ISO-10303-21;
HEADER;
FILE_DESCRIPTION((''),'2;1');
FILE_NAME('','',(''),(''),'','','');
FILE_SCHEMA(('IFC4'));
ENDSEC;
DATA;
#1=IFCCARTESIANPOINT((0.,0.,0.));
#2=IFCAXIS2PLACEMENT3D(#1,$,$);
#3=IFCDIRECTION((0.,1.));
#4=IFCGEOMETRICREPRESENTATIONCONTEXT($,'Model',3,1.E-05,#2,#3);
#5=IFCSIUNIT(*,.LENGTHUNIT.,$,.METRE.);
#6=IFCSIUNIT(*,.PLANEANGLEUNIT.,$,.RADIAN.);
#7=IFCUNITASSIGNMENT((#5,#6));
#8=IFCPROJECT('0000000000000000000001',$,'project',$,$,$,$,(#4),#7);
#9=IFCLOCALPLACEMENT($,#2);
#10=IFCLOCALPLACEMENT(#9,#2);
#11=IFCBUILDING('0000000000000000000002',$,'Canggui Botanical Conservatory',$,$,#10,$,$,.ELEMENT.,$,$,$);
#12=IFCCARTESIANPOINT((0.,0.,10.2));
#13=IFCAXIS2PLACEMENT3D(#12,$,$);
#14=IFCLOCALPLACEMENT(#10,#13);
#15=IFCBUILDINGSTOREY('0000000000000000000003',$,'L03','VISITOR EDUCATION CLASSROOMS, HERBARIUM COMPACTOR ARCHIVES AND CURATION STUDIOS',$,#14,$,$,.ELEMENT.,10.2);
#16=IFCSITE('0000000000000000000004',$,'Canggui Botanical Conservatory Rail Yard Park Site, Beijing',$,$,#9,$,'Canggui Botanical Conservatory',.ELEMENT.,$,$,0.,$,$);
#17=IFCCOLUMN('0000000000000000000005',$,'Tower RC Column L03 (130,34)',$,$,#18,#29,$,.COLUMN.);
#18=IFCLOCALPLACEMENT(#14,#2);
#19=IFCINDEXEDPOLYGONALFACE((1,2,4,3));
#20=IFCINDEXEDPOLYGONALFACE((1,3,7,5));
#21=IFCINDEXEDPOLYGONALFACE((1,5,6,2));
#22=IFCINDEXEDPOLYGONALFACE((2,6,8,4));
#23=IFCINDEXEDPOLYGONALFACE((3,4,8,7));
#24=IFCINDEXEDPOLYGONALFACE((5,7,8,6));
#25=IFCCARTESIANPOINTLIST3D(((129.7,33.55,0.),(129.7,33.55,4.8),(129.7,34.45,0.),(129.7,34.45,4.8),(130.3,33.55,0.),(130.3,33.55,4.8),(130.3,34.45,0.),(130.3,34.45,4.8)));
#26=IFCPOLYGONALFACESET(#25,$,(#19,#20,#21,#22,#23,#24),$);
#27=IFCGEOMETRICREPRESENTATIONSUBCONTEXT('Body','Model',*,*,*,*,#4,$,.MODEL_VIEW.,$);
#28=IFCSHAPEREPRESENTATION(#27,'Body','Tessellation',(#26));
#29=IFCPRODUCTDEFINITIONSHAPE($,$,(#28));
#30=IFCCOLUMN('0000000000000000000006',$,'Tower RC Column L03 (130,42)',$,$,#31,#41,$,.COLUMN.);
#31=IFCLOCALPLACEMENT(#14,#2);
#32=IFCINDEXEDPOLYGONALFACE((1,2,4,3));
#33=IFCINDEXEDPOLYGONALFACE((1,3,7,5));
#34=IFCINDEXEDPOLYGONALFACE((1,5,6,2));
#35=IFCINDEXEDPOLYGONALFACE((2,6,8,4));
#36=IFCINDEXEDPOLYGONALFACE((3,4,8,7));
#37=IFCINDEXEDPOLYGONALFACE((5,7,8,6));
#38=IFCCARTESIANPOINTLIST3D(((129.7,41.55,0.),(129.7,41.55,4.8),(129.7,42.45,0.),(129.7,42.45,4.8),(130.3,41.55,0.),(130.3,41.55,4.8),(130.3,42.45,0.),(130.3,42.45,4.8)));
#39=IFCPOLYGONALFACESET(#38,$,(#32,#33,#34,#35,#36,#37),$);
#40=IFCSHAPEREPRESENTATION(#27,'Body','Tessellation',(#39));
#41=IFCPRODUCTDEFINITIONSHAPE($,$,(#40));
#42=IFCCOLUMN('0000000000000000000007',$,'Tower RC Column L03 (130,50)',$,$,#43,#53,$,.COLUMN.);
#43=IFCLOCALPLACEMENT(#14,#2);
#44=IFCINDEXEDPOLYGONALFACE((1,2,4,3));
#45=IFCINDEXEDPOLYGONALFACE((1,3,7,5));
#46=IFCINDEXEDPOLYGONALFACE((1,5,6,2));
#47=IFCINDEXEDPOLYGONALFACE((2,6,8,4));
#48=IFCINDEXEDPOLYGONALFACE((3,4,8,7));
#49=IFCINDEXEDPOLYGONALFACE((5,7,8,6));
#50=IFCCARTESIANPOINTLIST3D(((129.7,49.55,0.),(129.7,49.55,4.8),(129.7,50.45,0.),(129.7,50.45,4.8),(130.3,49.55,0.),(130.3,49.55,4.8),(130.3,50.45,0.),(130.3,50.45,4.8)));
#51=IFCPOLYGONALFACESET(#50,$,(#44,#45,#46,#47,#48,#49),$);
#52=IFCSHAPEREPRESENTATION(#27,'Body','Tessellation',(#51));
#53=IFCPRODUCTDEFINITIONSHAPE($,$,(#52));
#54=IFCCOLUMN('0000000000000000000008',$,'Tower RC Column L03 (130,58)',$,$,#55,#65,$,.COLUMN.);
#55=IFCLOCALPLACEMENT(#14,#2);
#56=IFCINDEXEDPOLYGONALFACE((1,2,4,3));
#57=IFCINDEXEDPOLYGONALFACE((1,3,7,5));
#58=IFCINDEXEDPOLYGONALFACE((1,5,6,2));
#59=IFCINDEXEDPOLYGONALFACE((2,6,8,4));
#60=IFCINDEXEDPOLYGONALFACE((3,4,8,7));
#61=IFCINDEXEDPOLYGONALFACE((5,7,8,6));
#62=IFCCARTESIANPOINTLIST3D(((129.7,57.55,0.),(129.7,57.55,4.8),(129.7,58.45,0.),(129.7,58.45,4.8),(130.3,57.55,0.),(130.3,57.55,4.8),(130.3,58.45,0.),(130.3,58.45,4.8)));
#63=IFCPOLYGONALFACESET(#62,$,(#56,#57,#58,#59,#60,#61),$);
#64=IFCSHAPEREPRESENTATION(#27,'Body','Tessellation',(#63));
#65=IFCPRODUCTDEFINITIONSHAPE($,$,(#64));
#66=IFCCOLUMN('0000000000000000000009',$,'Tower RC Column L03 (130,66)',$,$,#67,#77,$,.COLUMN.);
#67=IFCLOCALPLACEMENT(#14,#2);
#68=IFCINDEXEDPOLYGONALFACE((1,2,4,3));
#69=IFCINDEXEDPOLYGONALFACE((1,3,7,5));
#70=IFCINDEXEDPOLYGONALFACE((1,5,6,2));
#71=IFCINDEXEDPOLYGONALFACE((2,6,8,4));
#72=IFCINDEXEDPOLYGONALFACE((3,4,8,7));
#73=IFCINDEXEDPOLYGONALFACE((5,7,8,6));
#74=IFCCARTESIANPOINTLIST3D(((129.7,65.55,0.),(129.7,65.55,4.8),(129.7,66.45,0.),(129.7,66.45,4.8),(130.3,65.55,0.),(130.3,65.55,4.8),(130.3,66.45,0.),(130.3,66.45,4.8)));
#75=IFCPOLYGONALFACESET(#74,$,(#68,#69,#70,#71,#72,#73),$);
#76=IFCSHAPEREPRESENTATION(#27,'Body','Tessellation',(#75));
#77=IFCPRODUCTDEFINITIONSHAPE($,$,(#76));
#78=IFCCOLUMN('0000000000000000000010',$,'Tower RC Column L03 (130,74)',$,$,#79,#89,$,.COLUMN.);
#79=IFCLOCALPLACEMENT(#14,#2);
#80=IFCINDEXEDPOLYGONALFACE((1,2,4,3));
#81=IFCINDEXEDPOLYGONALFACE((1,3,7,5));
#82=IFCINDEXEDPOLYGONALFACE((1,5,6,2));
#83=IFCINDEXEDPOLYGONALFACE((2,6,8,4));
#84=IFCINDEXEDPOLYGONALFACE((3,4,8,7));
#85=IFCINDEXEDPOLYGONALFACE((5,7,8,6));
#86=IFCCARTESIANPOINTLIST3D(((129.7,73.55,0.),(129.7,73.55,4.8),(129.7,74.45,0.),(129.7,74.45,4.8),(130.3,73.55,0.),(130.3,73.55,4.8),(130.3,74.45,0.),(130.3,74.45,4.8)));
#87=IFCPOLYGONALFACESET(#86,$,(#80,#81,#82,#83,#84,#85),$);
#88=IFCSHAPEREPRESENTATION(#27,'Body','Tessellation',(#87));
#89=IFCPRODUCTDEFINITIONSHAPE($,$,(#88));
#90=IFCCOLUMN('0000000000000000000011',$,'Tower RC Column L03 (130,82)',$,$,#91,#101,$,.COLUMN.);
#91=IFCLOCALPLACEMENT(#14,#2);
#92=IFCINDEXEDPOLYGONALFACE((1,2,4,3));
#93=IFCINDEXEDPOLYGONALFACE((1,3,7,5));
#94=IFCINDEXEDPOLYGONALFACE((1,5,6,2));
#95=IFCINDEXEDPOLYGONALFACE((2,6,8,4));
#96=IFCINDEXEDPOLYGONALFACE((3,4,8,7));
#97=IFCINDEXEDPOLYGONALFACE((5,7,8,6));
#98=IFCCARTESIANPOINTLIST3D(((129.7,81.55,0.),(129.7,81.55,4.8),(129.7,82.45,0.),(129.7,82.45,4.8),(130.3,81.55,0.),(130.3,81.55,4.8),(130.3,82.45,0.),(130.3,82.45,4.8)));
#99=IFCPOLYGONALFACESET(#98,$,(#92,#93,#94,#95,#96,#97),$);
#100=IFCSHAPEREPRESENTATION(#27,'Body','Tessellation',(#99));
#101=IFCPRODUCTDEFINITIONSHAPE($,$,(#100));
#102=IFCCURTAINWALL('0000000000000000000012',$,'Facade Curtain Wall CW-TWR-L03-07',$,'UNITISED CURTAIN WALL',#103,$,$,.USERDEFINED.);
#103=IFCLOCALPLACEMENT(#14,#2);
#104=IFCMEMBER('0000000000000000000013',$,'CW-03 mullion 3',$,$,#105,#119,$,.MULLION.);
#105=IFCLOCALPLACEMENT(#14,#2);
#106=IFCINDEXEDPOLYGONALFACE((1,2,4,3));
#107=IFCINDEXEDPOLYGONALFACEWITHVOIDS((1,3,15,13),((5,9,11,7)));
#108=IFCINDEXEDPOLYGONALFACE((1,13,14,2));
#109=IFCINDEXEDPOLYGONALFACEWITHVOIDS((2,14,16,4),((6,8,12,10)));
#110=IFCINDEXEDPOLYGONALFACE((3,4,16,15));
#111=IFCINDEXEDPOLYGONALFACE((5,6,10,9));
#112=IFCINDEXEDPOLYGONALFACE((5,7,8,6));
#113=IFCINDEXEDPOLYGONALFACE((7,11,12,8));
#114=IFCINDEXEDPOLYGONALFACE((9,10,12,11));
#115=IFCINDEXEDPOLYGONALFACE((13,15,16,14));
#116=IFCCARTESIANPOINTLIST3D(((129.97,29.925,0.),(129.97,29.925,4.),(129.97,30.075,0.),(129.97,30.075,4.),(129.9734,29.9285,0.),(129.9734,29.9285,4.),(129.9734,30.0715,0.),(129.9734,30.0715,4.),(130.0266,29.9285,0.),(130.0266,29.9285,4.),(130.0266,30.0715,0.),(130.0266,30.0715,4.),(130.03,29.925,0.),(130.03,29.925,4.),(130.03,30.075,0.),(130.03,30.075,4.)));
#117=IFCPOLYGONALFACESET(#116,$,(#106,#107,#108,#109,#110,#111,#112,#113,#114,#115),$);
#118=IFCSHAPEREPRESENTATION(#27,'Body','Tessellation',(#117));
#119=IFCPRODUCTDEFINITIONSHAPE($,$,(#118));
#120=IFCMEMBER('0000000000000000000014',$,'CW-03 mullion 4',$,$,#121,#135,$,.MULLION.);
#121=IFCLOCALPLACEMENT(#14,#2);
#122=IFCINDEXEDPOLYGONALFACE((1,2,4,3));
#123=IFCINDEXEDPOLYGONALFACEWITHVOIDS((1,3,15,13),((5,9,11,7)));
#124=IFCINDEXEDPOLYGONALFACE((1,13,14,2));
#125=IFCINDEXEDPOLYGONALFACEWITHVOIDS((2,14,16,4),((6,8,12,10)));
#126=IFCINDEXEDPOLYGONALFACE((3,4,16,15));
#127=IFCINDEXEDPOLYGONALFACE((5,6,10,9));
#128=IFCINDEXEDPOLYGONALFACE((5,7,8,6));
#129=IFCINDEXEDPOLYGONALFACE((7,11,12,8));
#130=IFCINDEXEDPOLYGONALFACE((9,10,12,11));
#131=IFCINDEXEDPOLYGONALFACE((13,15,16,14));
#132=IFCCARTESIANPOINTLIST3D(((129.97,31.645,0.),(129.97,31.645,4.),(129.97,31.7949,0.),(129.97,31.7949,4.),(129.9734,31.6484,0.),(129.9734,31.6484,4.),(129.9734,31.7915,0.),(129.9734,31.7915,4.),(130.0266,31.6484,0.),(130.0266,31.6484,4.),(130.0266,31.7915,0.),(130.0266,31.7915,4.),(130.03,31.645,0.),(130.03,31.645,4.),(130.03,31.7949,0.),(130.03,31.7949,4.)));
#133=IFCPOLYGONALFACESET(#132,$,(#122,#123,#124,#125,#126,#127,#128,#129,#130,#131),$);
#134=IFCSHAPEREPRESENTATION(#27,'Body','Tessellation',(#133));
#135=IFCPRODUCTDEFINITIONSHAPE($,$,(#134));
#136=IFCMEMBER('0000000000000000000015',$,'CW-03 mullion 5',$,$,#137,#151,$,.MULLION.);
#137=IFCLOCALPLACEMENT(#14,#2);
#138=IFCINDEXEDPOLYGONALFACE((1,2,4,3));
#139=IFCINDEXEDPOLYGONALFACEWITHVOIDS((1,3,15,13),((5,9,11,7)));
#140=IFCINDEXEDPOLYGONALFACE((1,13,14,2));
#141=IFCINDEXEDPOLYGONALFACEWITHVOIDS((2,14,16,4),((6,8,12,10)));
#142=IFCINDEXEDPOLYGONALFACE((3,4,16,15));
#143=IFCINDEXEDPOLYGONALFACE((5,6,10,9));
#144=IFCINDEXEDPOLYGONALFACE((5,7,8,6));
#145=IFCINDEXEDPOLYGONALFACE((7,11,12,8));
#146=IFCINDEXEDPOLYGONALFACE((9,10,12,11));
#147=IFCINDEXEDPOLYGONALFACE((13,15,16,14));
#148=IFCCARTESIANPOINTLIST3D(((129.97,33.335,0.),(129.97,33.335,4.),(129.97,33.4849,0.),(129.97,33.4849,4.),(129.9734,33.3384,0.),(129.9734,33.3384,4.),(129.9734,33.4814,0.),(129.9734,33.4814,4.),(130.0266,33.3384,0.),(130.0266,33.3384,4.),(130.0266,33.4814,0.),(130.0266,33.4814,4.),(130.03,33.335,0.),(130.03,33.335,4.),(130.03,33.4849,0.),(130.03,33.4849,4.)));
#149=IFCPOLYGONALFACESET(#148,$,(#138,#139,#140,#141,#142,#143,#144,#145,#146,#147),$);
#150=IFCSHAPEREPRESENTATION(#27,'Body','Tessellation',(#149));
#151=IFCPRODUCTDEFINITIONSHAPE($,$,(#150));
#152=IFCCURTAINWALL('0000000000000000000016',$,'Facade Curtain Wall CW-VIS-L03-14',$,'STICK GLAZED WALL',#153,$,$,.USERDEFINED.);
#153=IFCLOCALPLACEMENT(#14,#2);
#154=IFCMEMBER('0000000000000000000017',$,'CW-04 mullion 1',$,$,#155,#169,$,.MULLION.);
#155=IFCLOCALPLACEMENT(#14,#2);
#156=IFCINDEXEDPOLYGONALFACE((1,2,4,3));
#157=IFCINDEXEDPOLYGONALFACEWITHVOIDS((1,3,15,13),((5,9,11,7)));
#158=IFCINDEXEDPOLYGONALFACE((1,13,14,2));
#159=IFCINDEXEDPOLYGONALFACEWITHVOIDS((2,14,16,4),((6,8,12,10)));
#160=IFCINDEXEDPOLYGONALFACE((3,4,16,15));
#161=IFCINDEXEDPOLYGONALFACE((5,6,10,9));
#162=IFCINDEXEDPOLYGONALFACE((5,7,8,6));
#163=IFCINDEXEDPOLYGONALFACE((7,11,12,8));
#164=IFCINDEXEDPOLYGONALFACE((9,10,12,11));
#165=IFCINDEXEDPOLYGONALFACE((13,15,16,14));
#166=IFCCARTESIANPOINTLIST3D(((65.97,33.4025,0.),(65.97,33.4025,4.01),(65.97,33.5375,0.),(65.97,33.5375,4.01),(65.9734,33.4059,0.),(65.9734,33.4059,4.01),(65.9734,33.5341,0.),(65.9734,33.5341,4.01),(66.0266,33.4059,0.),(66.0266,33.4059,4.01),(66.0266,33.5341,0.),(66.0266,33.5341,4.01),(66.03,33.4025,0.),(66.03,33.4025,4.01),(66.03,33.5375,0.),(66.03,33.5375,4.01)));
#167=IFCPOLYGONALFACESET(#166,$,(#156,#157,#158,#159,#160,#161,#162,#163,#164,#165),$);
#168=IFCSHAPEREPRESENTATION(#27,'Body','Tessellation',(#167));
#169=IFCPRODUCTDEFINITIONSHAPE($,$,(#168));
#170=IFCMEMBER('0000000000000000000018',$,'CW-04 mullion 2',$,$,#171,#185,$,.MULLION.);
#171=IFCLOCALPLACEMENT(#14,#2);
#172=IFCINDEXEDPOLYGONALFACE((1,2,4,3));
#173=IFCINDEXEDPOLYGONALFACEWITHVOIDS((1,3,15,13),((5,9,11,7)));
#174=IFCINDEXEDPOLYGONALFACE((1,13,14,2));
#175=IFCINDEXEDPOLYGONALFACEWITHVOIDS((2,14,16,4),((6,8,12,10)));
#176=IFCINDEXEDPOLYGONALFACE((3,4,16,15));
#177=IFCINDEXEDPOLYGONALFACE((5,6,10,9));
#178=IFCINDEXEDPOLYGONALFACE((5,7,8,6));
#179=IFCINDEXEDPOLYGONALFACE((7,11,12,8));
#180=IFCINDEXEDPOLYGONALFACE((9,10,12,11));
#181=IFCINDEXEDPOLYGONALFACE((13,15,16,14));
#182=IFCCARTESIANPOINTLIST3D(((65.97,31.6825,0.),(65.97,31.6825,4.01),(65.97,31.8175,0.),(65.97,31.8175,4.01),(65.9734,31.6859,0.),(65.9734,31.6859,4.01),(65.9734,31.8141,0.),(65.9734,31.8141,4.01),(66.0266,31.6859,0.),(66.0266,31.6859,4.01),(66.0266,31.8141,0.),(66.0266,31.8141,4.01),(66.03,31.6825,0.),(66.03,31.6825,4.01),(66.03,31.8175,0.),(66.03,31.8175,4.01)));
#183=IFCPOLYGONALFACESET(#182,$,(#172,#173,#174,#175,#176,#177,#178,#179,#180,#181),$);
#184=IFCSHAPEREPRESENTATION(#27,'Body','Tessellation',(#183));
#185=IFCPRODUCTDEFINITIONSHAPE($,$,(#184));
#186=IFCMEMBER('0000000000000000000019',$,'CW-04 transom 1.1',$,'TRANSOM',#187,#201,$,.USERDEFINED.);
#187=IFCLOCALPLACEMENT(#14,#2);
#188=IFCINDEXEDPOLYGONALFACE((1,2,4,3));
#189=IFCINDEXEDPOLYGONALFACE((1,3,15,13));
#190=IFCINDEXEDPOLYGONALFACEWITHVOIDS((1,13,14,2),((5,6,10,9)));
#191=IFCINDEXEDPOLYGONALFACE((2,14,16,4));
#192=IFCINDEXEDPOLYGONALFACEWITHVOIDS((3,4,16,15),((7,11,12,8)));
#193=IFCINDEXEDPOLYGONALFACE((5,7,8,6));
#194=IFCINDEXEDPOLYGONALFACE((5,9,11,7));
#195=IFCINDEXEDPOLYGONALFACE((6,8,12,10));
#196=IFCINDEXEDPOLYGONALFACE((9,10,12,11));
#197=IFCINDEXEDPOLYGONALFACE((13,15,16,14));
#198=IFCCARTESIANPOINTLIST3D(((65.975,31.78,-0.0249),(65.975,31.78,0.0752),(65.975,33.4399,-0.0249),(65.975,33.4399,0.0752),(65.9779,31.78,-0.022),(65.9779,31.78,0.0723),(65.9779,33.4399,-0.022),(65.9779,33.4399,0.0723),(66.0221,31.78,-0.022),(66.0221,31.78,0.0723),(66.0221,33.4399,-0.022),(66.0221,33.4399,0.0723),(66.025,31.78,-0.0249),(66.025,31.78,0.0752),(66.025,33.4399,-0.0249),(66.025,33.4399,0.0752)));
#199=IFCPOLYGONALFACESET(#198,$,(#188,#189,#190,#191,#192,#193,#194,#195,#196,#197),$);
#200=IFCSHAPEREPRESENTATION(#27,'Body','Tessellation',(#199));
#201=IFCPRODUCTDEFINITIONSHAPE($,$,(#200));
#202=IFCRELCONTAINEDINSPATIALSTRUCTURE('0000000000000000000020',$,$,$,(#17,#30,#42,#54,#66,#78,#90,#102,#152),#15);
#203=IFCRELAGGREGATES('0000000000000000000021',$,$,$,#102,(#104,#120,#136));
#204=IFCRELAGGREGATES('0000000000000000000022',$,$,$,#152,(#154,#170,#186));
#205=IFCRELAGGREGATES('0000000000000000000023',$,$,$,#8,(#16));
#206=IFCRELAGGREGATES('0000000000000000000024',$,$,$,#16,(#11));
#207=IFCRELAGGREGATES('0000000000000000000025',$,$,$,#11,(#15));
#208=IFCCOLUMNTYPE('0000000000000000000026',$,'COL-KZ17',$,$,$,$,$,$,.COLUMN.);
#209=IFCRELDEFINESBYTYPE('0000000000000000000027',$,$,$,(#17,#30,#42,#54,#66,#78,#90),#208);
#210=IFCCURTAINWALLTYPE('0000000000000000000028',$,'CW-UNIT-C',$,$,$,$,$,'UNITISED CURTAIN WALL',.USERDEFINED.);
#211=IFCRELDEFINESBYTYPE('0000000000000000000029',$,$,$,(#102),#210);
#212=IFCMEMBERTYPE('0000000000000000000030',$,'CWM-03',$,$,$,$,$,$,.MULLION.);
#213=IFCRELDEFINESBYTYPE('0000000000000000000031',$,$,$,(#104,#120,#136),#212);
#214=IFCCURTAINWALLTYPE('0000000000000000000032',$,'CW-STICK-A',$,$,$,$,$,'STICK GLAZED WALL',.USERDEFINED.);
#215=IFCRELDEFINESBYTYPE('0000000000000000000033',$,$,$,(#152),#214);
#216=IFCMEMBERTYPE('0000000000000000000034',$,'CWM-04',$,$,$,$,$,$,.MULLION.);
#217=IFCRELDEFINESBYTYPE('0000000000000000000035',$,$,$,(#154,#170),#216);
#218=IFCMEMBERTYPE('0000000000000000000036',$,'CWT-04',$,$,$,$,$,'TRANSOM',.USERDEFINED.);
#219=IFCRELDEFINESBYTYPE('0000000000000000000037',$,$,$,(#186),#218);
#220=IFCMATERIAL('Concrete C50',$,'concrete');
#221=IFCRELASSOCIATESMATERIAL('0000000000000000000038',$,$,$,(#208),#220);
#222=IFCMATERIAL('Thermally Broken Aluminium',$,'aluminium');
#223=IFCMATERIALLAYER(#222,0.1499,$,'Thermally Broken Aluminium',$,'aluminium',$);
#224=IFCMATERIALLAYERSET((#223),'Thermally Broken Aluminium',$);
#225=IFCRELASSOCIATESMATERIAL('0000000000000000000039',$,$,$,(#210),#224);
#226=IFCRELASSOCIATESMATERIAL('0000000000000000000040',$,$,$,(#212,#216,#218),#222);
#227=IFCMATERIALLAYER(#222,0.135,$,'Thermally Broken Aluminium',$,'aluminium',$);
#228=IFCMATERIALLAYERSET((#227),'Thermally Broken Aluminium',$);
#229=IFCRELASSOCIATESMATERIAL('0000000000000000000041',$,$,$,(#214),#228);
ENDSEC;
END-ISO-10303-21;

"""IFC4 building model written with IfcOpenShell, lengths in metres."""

from ifc_helpers import new_model, si_unit, direction, frame, origin, origin_2d, place, context, subcontext, project, spatial, rectangle, hollow_rectangle, extrude, material, layer, layer_set, material_profile, profile_set, type_object, element, aggregate, save


model = new_model("IFC4")

# Units and contexts
model_context = context("Model", 3, precision=1e-05, world=origin(), true_north=direction((0.0, 1.0)))
body_context = subcontext(model_context, "Body", "Model", "MODEL_VIEW")
ifc_project = project(units=[si_unit("LENGTHUNIT", "METRE"), si_unit("PLANEANGLEUNIT", "RADIAN")], contexts=[model_context])

# Site, building, storey
site_placement = place(None, origin())
site = spatial("IfcSite", under=ifc_project, at=site_placement, Name="Canggui Botanical Conservatory Rail Yard Park Site, Beijing", LongName="Canggui Botanical Conservatory", CompositionType="ELEMENT", RefElevation=0.0)
building_placement = place(site_placement, origin())
building = spatial("IfcBuilding", under=site, at=building_placement, Name="Canggui Botanical Conservatory", CompositionType="ELEMENT")
storey_placement = place(building_placement, frame((0.0, 0.0, 10.2)))
storey = spatial("IfcBuildingStorey", under=building, at=storey_placement, Name="L03", Description="VISITOR EDUCATION CLASSROOMS, HERBARIUM COMPACTOR ARCHIVES AND CURATION STUDIOS", CompositionType="ELEMENT", Elevation=10.2)

# Columns
ifc_material_1 = material(Name="Concrete C50", Category="concrete")
ifc_material_profile_1 = material_profile(ifc_material_1, rectangle(XDim=0.6001, YDim=0.8999, at=origin_2d()), Name="RC 600x900")
ifc_profile_set_1 = profile_set([ifc_material_profile_1], Name="Concrete C50")
column_type = type_object("IfcColumnType", Name="COL-KZ17", PredefinedType="COLUMN", material=ifc_profile_set_1)
for number, where, z_axis, x_axis, name in (
    (1, (130.0, 34.0, 0.0), (0.0, 0.0, 1.0), (1.0, 0.0, 0.0), "Tower RC Column L03 (130,34)"),
    (2, (130.0, 42.0, 0.0), (0.0, 0.0, 1.0), (1.0, 0.0, 0.0), "Tower RC Column L03 (130,42)"),
    (3, (130.0, 50.0, 0.0), (0.0, 0.0, 1.0), (1.0, 0.0, 0.0), "Tower RC Column L03 (130,50)"),
    (4, (130.0, 58.0, 0.0), (0.0, 0.0, 1.0), (1.0, 0.0, 0.0), "Tower RC Column L03 (130,58)"),
    (5, (130.0, 66.0, 0.0), (0.0, 0.0, 1.0), (1.0, 0.0, 0.0), "Tower RC Column L03 (130,66)"),
    (6, (130.0, 74.0, 0.0), (0.0, 0.0, 1.0), (1.0, 0.0, 0.0), "Tower RC Column L03 (130,74)"),
    (7, (130.0, 82.0, 0.0), (0.0, 0.0, 1.0), (1.0, 0.0, 0.0), "Tower RC Column L03 (130,82)"),
):
    element("IfcColumn", number, at=place(storey_placement, frame(where, z_axis=z_axis, x_axis=x_axis)), inside=storey, type_object=column_type, Name=name, PredefinedType="COLUMN", context=body_context, shape_type="SweptSolid", body=[
        extrude(rectangle(XDim=0.6001, YDim=0.8999, at=origin_2d()), origin(), (0.0, 0.0, 1.0), 4.8),
    ])

# Curtain wall, members
ifc_material_2 = material(Name="Thermally Broken Aluminium", Category="aluminium")
ifc_layer_1 = layer(ifc_material_2, 0.1499, Name="Thermally Broken Aluminium", Category="aluminium")
ifc_layer_set_1 = layer_set([ifc_layer_1], Name="Thermally Broken Aluminium")
curtain_wall_type_1 = type_object("IfcCurtainWallType", Name="CW-UNIT-C", ElementType="UNITISED CURTAIN WALL", PredefinedType="USERDEFINED", material=ifc_layer_set_1)
curtain_wall_1_placement = place(storey_placement, origin())
curtain_wall_1 = element("IfcCurtainWall", 8, at=curtain_wall_1_placement, inside=storey, type_object=curtain_wall_type_1, Name="Facade Curtain Wall CW-TWR-L03-07", ObjectType="UNITISED CURTAIN WALL", PredefinedType="USERDEFINED")
ifc_material_profile_2 = material_profile(ifc_material_2, hollow_rectangle(XDim=0.0601, YDim=0.1499, WallThickness=0.0034, at=origin_2d()), Name="CWM 60x150x3.5")
ifc_profile_set_2 = profile_set([ifc_material_profile_2], Name="Thermally Broken Aluminium")
member_type_1 = type_object("IfcMemberType", Name="CWM-03", PredefinedType="MULLION", material=ifc_profile_set_2)
member_1_placement = place(storey_placement, frame((130.0, 30.0, 0.0), z_axis=(0.0, 0.0, 1.0), x_axis=(-1.0, 0.0, 0.0)))
member_1 = element("IfcMember", 9, at=member_1_placement, type_object=member_type_1, Name="CW-03 mullion 3", PredefinedType="MULLION", context=body_context, shape_type="SweptSolid", body=[
    extrude(hollow_rectangle(XDim=0.0601, YDim=0.1499, WallThickness=0.0034, at=origin_2d()), origin(), (0.0, 0.0, 1.0), 4.0),
])
member_2_placement = place(storey_placement, frame((130.0, 31.72, 0.0), z_axis=(0.0, 0.0, 1.0), x_axis=(-1.0, 0.0, 0.0)))
member_2 = element("IfcMember", 10, at=member_2_placement, type_object=member_type_1, Name="CW-03 mullion 4", PredefinedType="MULLION", context=body_context, shape_type="SweptSolid", body=[
    extrude(hollow_rectangle(XDim=0.0601, YDim=0.1499, WallThickness=0.0034, at=origin_2d()), origin(), (0.0, 0.0, 1.0), 4.0),
])
member_3_placement = place(storey_placement, frame((130.0, 33.4099, 0.0), z_axis=(0.0, 0.0, 1.0), x_axis=(-1.0, 0.0, 0.0)))
member_3 = element("IfcMember", 11, at=member_3_placement, type_object=member_type_1, Name="CW-03 mullion 5", PredefinedType="MULLION", context=body_context, shape_type="SweptSolid", body=[
    extrude(hollow_rectangle(XDim=0.0601, YDim=0.1499, WallThickness=0.0034, at=origin_2d()), origin(), (0.0, 0.0, 1.0), 4.0),
])
aggregate(curtain_wall_1, [member_1, member_2, member_3])

# Curtain wall, members
ifc_layer_2 = layer(ifc_material_2, 0.135, Name="Thermally Broken Aluminium", Category="aluminium")
ifc_layer_set_2 = layer_set([ifc_layer_2], Name="Thermally Broken Aluminium")
curtain_wall_type_2 = type_object("IfcCurtainWallType", Name="CW-STICK-A", ElementType="STICK GLAZED WALL", PredefinedType="USERDEFINED", material=ifc_layer_set_2)
curtain_wall_2_placement = place(storey_placement, origin())
curtain_wall_2 = element("IfcCurtainWall", 12, at=curtain_wall_2_placement, inside=storey, type_object=curtain_wall_type_2, Name="Facade Curtain Wall CW-VIS-L03-14", ObjectType="STICK GLAZED WALL", PredefinedType="USERDEFINED")
ifc_material_profile_3 = material_profile(ifc_material_2, hollow_rectangle(XDim=0.0601, YDim=0.135, WallThickness=0.0034, at=origin_2d()), Name="CWM 60x135x3.5")
ifc_profile_set_3 = profile_set([ifc_material_profile_3], Name="Thermally Broken Aluminium")
member_type_2 = type_object("IfcMemberType", Name="CWM-04", PredefinedType="MULLION", material=ifc_profile_set_3)
member_4_placement = place(storey_placement, frame((66.0, 33.47, 0.0), z_axis=(0.0, 0.0, 1.0), x_axis=(1.0, 0.0, 0.0)))
member_4 = element("IfcMember", 13, at=member_4_placement, type_object=member_type_2, Name="CW-04 mullion 1", PredefinedType="MULLION", context=body_context, shape_type="SweptSolid", body=[
    extrude(hollow_rectangle(XDim=0.0601, YDim=0.135, WallThickness=0.0034, at=origin_2d()), origin(), (0.0, 0.0, 1.0), 4.01),
])
member_5_placement = place(storey_placement, frame((66.0, 31.75, 0.0), z_axis=(0.0, 0.0, 1.0), x_axis=(1.0, 0.0, 0.0)))
member_5 = element("IfcMember", 14, at=member_5_placement, type_object=member_type_2, Name="CW-04 mullion 2", PredefinedType="MULLION", context=body_context, shape_type="SweptSolid", body=[
    extrude(hollow_rectangle(XDim=0.0601, YDim=0.135, WallThickness=0.0034, at=origin_2d()), origin(), (0.0, 0.0, 1.0), 4.01),
])
ifc_material_profile_4 = material_profile(ifc_material_2, hollow_rectangle(XDim=0.05, YDim=0.1001, WallThickness=0.0029, at=origin_2d()), Name="CWT 50x100x3")
ifc_profile_set_4 = profile_set([ifc_material_profile_4], Name="Thermally Broken Aluminium")
member_type_3 = type_object("IfcMemberType", Name="CWT-04", ElementType="TRANSOM", PredefinedType="USERDEFINED", material=ifc_profile_set_4)
member_6_placement = place(storey_placement, frame((66.0, 33.4399, 0.0251), z_axis=(0.0, -1.0, 0.0), x_axis=(1.0, 0.0, 0.0)))
member_6 = element("IfcMember", 15, at=member_6_placement, type_object=member_type_3, Name="CW-04 transom 1.1", ObjectType="TRANSOM", PredefinedType="USERDEFINED", context=body_context, shape_type="SweptSolid", body=[
    extrude(hollow_rectangle(XDim=0.05, YDim=0.1001, WallThickness=0.0029, at=origin_2d()), origin(), (0.0, 0.0, 1.0), 1.6599),
])
aggregate(curtain_wall_2, [member_4, member_5, member_6])

save(model, "model.ifc")
